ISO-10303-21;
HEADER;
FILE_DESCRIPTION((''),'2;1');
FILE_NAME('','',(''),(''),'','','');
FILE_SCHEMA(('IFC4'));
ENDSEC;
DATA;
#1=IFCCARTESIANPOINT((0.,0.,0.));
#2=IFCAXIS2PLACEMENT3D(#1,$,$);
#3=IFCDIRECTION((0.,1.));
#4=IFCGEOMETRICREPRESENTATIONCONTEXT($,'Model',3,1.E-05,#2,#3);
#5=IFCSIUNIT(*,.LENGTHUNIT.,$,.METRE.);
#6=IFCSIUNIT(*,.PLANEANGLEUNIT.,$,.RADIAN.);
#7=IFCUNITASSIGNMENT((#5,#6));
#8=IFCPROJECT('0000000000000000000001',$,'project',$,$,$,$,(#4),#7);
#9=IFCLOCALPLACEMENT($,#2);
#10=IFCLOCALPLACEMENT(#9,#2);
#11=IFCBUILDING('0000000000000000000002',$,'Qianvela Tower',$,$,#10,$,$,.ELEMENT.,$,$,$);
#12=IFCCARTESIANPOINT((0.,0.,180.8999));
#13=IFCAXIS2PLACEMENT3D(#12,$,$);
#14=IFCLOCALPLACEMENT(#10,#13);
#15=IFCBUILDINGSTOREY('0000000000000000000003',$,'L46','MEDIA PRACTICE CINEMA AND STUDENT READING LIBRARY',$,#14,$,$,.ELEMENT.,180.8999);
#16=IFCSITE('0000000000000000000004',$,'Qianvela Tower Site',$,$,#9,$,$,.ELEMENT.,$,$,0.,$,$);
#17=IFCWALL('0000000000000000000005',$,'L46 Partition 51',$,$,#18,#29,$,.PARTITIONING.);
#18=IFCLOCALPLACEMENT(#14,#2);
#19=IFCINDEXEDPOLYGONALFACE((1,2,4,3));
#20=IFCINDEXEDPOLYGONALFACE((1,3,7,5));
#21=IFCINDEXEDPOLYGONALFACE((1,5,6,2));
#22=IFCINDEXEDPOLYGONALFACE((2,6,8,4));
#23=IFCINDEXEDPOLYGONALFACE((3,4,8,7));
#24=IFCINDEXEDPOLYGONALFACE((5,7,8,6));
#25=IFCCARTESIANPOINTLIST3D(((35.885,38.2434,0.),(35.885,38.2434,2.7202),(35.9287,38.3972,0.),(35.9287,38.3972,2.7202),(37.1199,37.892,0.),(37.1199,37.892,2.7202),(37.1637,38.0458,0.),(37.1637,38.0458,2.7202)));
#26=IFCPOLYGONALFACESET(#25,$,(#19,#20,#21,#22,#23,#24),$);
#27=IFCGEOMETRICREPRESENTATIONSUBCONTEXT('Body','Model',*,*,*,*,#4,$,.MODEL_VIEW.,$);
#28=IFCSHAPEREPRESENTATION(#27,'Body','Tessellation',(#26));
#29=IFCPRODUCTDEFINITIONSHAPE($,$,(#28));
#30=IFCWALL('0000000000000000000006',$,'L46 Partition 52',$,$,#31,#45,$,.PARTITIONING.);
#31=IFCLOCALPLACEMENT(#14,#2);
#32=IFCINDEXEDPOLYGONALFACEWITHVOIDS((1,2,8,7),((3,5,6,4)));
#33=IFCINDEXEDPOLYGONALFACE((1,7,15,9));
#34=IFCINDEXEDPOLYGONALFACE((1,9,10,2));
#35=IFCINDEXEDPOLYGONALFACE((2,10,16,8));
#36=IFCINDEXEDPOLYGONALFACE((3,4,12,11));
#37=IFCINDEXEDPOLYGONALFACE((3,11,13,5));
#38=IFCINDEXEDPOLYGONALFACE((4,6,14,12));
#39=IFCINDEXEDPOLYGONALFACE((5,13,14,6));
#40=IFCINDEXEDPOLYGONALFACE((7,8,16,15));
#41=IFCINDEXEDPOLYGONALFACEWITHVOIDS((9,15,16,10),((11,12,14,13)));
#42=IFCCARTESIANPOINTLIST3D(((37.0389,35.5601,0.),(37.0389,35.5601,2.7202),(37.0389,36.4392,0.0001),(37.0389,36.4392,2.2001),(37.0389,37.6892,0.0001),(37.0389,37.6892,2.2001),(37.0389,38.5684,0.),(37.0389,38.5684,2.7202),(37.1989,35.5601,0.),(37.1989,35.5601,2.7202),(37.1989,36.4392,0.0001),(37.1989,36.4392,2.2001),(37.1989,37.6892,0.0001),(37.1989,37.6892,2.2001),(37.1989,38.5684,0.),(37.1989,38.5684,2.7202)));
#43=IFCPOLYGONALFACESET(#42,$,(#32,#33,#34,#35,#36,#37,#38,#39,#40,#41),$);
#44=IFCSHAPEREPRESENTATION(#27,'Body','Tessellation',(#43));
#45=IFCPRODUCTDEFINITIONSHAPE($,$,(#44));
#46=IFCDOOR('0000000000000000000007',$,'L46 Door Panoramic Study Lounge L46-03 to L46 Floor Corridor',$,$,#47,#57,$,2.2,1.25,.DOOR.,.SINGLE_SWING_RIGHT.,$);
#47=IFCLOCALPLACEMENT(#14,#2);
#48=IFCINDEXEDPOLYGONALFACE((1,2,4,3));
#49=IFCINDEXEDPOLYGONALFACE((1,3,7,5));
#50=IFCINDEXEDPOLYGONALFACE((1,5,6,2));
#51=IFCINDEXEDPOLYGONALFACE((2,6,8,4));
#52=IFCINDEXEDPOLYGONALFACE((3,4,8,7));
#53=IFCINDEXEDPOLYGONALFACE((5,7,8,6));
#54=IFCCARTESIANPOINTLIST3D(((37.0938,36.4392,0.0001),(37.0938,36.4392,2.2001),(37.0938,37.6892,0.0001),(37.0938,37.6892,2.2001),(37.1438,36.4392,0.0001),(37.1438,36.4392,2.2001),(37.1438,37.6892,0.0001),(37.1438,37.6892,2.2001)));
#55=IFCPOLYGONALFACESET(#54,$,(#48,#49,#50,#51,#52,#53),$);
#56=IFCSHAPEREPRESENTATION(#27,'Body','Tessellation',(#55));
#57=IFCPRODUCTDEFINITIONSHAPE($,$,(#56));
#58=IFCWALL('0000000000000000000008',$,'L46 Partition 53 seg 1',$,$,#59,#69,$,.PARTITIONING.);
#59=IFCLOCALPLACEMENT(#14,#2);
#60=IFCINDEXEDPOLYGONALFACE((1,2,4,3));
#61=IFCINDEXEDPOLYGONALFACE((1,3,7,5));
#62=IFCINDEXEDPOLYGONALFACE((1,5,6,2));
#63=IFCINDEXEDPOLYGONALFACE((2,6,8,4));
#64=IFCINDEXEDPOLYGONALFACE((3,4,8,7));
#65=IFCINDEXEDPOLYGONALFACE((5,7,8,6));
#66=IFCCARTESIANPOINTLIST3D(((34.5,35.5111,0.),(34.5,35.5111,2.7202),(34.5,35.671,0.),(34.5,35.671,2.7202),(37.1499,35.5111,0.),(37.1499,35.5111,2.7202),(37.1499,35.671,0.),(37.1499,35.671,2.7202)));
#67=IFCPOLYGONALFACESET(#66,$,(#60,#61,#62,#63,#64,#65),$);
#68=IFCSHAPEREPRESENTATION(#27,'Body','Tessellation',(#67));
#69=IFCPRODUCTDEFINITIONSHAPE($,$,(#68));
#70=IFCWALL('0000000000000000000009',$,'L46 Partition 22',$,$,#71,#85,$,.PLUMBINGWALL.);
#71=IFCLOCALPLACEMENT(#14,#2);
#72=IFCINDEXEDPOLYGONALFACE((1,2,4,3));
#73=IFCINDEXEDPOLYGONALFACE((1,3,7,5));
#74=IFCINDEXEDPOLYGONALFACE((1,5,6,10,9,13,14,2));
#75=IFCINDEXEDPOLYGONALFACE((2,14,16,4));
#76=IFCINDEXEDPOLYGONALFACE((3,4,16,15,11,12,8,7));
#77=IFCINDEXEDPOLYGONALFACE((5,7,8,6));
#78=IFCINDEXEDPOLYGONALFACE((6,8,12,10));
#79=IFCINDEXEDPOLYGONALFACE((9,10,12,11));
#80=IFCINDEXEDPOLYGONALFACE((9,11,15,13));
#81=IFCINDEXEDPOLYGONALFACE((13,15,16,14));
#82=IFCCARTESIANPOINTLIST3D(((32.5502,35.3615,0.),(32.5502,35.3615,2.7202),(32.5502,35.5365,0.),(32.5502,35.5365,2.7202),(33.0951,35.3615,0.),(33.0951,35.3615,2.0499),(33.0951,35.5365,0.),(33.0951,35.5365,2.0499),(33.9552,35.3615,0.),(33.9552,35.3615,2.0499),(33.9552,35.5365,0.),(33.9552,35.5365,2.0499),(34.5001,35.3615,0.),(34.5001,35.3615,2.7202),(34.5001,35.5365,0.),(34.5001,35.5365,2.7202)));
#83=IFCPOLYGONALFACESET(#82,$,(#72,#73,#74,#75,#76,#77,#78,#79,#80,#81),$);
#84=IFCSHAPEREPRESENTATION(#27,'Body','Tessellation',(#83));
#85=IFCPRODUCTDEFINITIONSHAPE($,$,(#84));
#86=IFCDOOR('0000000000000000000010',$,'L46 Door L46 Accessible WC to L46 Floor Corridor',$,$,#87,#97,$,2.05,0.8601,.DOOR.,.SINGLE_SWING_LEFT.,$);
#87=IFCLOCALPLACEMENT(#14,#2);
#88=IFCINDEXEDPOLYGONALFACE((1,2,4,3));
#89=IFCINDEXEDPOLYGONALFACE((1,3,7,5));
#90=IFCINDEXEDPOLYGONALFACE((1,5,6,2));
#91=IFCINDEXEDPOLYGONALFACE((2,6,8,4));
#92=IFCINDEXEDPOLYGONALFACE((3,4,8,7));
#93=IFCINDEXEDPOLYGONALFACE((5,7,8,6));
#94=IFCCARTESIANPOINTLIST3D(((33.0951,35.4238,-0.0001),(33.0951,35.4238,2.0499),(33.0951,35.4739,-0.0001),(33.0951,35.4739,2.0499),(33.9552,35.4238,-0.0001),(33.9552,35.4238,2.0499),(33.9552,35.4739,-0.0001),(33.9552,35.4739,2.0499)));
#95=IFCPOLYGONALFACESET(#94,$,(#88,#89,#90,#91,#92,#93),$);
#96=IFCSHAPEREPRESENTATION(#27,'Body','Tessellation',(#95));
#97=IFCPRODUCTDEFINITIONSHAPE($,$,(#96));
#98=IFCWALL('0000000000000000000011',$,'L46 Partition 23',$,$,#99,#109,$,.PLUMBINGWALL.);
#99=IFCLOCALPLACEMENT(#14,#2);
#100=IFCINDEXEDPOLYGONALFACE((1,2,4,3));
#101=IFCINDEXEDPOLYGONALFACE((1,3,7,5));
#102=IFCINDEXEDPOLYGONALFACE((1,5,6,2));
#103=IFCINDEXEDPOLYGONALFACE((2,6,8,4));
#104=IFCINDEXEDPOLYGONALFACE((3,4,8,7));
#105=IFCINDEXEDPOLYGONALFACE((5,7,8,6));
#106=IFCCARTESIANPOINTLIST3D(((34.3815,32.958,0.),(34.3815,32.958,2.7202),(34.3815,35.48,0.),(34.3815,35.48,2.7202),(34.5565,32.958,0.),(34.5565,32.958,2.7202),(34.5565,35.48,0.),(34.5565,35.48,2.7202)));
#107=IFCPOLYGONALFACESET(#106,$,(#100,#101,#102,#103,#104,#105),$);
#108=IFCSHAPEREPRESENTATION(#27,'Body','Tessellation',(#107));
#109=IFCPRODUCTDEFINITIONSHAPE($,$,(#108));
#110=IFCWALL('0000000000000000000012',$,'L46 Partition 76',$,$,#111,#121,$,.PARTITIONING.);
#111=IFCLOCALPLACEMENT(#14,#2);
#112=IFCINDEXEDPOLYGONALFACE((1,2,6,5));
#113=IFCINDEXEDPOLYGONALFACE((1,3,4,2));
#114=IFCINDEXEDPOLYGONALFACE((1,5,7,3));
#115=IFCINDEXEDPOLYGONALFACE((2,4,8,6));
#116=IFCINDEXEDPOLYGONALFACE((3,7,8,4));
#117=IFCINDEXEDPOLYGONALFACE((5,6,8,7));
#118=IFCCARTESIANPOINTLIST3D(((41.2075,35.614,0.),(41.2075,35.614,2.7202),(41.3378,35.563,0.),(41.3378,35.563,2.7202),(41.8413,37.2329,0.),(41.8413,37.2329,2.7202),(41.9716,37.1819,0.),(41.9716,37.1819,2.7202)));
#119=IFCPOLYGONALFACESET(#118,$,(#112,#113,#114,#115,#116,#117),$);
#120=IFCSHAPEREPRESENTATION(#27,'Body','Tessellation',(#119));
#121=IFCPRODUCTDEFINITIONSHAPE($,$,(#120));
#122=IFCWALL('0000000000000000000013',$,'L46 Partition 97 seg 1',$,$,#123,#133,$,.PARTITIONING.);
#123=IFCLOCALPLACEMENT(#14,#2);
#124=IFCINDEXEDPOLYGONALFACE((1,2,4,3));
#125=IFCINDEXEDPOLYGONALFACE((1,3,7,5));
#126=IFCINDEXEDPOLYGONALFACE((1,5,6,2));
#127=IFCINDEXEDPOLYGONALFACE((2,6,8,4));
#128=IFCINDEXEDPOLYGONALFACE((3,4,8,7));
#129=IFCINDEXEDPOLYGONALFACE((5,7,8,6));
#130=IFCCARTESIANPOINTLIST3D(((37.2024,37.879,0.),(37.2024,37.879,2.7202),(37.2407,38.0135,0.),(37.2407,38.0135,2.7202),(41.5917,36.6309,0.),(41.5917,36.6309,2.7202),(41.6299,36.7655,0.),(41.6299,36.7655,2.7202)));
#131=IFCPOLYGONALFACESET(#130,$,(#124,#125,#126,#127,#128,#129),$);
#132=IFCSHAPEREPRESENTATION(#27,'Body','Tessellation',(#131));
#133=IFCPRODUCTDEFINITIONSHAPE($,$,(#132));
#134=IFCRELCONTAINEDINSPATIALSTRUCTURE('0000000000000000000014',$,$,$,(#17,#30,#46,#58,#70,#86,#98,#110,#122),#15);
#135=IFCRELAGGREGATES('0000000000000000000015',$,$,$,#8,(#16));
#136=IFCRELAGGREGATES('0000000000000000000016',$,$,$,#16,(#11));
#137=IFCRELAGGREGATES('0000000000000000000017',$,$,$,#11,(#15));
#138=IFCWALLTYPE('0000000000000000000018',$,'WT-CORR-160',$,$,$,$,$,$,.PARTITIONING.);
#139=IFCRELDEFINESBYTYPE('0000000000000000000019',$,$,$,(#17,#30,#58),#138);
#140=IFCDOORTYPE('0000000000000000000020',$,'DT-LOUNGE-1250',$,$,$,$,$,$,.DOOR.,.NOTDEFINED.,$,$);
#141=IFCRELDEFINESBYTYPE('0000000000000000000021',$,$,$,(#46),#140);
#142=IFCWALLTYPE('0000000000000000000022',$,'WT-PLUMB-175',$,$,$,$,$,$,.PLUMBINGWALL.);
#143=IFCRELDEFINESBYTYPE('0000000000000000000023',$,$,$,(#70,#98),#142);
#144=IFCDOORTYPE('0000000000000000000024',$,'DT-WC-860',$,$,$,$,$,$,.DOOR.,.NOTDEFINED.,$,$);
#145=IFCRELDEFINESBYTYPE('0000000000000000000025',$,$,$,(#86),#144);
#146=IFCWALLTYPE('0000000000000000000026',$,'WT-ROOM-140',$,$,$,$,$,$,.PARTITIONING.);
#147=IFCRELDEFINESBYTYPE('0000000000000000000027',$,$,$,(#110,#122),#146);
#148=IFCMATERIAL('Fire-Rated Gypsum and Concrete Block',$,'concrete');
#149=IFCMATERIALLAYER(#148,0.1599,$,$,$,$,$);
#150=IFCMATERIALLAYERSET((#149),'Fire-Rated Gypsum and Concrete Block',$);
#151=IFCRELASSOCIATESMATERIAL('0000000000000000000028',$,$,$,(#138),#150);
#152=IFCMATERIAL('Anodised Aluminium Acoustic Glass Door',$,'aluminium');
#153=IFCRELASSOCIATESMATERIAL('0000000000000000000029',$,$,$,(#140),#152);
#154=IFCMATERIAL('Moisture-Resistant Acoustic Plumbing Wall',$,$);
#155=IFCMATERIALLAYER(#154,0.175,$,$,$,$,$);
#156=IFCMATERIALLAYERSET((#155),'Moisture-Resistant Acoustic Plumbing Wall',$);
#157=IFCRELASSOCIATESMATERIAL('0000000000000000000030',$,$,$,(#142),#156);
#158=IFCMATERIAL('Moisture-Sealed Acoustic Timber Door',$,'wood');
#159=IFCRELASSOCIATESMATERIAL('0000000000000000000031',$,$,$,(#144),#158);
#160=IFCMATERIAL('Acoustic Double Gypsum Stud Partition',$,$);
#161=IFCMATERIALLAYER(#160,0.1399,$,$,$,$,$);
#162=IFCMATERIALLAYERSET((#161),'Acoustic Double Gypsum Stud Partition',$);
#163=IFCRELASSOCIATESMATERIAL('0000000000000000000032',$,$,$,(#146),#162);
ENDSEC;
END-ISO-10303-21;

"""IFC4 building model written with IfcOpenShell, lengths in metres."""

from ifc_helpers import new_model, si_unit, direction, frame, frame_2d, origin, place, context, subcontext, project, spatial, rectangle, extrude, material, layer, layer_set, type_object, element, fill, save


model = new_model("IFC4")

# Units and contexts
model_context = context("Model", 3, precision=1e-05, world=origin(), true_north=direction((0.0, 1.0)))
body_context = subcontext(model_context, "Body", "Model", "MODEL_VIEW")
ifc_project = project(units=[si_unit("LENGTHUNIT", "METRE"), si_unit("PLANEANGLEUNIT", "RADIAN")], contexts=[model_context])

# Site, building, storey
site_placement = place(None, origin())
site = spatial("IfcSite", under=ifc_project, at=site_placement, Name="Qianvela Tower Site", CompositionType="ELEMENT", RefElevation=0.0)
building_placement = place(site_placement, origin())
building = spatial("IfcBuilding", under=site, at=building_placement, Name="Qianvela Tower", CompositionType="ELEMENT")
storey_placement = place(building_placement, frame((0.0, 0.0, 180.8999)))
storey = spatial("IfcBuildingStorey", under=building, at=storey_placement, Name="L46", Description="MEDIA PRACTICE CINEMA AND STUDENT READING LIBRARY", CompositionType="ELEMENT", Elevation=180.8999)

# Wall
ifc_material_1 = material(Name="Fire-Rated Gypsum and Concrete Block", Category="concrete")
ifc_layer_1 = layer(ifc_material_1, 0.1599)
ifc_layer_set_1 = layer_set([ifc_layer_1], Name="Fire-Rated Gypsum and Concrete Block")
wall_type_1 = type_object("IfcWallType", Name="WT-CORR-160", PredefinedType="PARTITIONING", material=ifc_layer_set_1)
wall_1_placement = place(storey_placement, frame((35.9067, 38.3203, 0.0), z_axis=(0.0, 0.0, 1.0), x_axis=(0.961832, -0.273641, 0.0)))
element("IfcWall", 1, at=wall_1_placement, inside=storey, type_object=wall_type_1, Name="L46 Partition 51", PredefinedType="PARTITIONING", context=body_context, shape_type="SweptSolid", body=[
    extrude(rectangle(XDim=1.2839, YDim=0.1599, at=frame_2d((0.6421, 0.0))), origin(), (0.0, 0.0, 1.0), 2.7202),
])

# Wall, opening, door
wall_2_placement = place(storey_placement, frame((37.1189, 38.5684, 0.0), z_axis=(0.0, 0.0, 1.0), x_axis=(0.0, -1.0, 0.0)))
wall_2 = element("IfcWall", 2, at=wall_2_placement, inside=storey, type_object=wall_type_1, Name="L46 Partition 52", PredefinedType="PARTITIONING", context=body_context, shape_type="SweptSolid", body=[
    extrude(rectangle(XDim=3.0083, YDim=0.1599, at=frame_2d((1.5042, 0.0))), origin(), (0.0, 0.0, 1.0), 2.7202),
])
opening_1_placement = place(wall_2_placement, frame((0.8792, 0.0, 0.0)))
opening_1 = element("IfcOpeningElement", 3, at=opening_1_placement, cuts=wall_2, PredefinedType="OPENING", context=body_context, shape_type="SweptSolid", body=[
    extrude(rectangle(XDim=1.25, YDim=2.2, at=frame_2d((0.625, 1.1001))), frame((0.0, 0.0898, 0.0), z_axis=(0.0, -1.0, 0.0), x_axis=(1.0, 0.0, 0.0)), (0.0, 0.0, 1.0), 0.1799),
])
ifc_material_2 = material(Name="Anodised Aluminium Acoustic Glass Door", Category="aluminium")
door_type_1 = type_object("IfcDoorType", Name="DT-LOUNGE-1250", OperationType="NOTDEFINED", PredefinedType="DOOR", material=ifc_material_2)
door_1_placement = place(opening_1_placement, origin())
door_1 = element("IfcDoor", 4, at=door_1_placement, inside=storey, type_object=door_type_1, Name="L46 Door Panoramic Study Lounge L46-03 to L46 Floor Corridor", OperationType="SINGLE_SWING_RIGHT", OverallHeight=2.2, OverallWidth=1.25, PredefinedType="DOOR", context=body_context, shape_type="SweptSolid", body=[
    extrude(rectangle(XDim=1.25, YDim=2.2, at=frame_2d((0.625, 1.1001))), frame((0.0, 0.0249, 0.0), z_axis=(0.0, -1.0, 0.0), x_axis=(1.0, 0.0, 0.0)), (0.0, 0.0, 1.0), 0.05),
])
fill(opening_1, door_1)

# Wall
wall_3_placement = place(storey_placement, frame((37.1499, 35.5911, 0.0), z_axis=(0.0, 0.0, 1.0), x_axis=(-1.0, 0.0, 0.0)))
element("IfcWall", 5, at=wall_3_placement, inside=storey, type_object=wall_type_1, Name="L46 Partition 53 seg 1", PredefinedType="PARTITIONING", context=body_context, shape_type="SweptSolid", body=[
    extrude(rectangle(XDim=2.6499, YDim=0.1599, at=frame_2d((1.325, 0.0))), origin(), (0.0, 0.0, 1.0), 2.7202),
])

# Wall, opening, door
ifc_material_3 = material(Name="Moisture-Resistant Acoustic Plumbing Wall")
ifc_layer_2 = layer(ifc_material_3, 0.175)
ifc_layer_set_2 = layer_set([ifc_layer_2], Name="Moisture-Resistant Acoustic Plumbing Wall")
wall_type_2 = type_object("IfcWallType", Name="WT-PLUMB-175", PredefinedType="PLUMBINGWALL", material=ifc_layer_set_2)
wall_4_placement = place(storey_placement, frame((32.55, 35.449, 0.0), z_axis=(0.0, 0.0, 1.0), x_axis=(1.0, 0.0, 0.0)))
wall_4 = element("IfcWall", 6, at=wall_4_placement, inside=storey, type_object=wall_type_2, Name="L46 Partition 22", PredefinedType="PLUMBINGWALL", context=body_context, shape_type="SweptSolid", body=[
    extrude(rectangle(XDim=1.95, YDim=0.175, at=frame_2d((0.9751, 0.0))), origin(), (0.0, 0.0, 1.0), 2.7202),
])
opening_2_placement = place(wall_4_placement, frame((0.5449, 0.0, 0.0)))
opening_2 = element("IfcOpeningElement", 7, at=opening_2_placement, cuts=wall_4, PredefinedType="OPENING", context=body_context, shape_type="SweptSolid", body=[
    extrude(rectangle(XDim=0.8601, YDim=2.05, at=frame_2d((0.4302, 1.0249))), frame((0.0, 0.0974, 0.0), z_axis=(0.0, -1.0, 0.0), x_axis=(1.0, 0.0, 0.0)), (0.0, 0.0, 1.0), 0.1951),
])
ifc_material_4 = material(Name="Moisture-Sealed Acoustic Timber Door", Category="wood")
door_type_2 = type_object("IfcDoorType", Name="DT-WC-860", OperationType="NOTDEFINED", PredefinedType="DOOR", material=ifc_material_4)
door_2_placement = place(opening_2_placement, origin())
door_2 = element("IfcDoor", 8, at=door_2_placement, inside=storey, type_object=door_type_2, Name="L46 Door L46 Accessible WC to L46 Floor Corridor", OperationType="SINGLE_SWING_LEFT", OverallHeight=2.05, OverallWidth=0.8601, PredefinedType="DOOR", context=body_context, shape_type="SweptSolid", body=[
    extrude(rectangle(XDim=0.8601, YDim=2.05, at=frame_2d((0.4302, 1.0249))), frame((0.0, 0.0249, 0.0), z_axis=(0.0, -1.0, 0.0), x_axis=(1.0, 0.0, 0.0)), (0.0, 0.0, 1.0), 0.05),
])
fill(opening_2, door_2)

# Walls
wall_5_placement = place(storey_placement, frame((34.469, 35.48, 0.0), z_axis=(0.0, 0.0, 1.0), x_axis=(0.0, -1.0, 0.0)))
element("IfcWall", 9, at=wall_5_placement, inside=storey, type_object=wall_type_2, Name="L46 Partition 23", PredefinedType="PLUMBINGWALL", context=body_context, shape_type="SweptSolid", body=[
    extrude(rectangle(XDim=2.522, YDim=0.175, at=frame_2d((1.261, 0.0))), origin(), (0.0, 0.0, 1.0), 2.7202),
])
ifc_material_5 = material(Name="Acoustic Double Gypsum Stud Partition")
ifc_layer_3 = layer(ifc_material_5, 0.1399)
ifc_layer_set_3 = layer_set([ifc_layer_3], Name="Acoustic Double Gypsum Stud Partition")
wall_type_3 = type_object("IfcWallType", Name="WT-ROOM-140", PredefinedType="PARTITIONING", material=ifc_layer_set_3)
wall_6_placement = place(storey_placement, frame((41.2727, 35.5886, 0.0), z_axis=(0.0, 0.0, 1.0), x_axis=(0.364553, 0.931183, 0.0)))
element("IfcWall", 10, at=wall_6_placement, inside=storey, type_object=wall_type_3, Name="L46 Partition 76", PredefinedType="PARTITIONING", context=body_context, shape_type="SweptSolid", body=[
    extrude(rectangle(XDim=1.7385, YDim=0.1399, at=frame_2d((0.8691, 0.0))), origin(), (0.0, 0.0, 1.0), 2.7202),
])
wall_7_placement = place(storey_placement, frame((37.2214, 37.9463, 0.0), z_axis=(0.0, 0.0, 1.0), x_axis=(0.96187, -0.273505, 0.0)))
element("IfcWall", 11, at=wall_7_placement, inside=storey, type_object=wall_type_3, Name="L46 Partition 97 seg 1", PredefinedType="PARTITIONING", context=body_context, shape_type="SweptSolid", body=[
    extrude(rectangle(XDim=4.5632, YDim=0.1399, at=frame_2d((2.2817, 0.0))), origin(), (0.0, 0.0, 1.0), 2.7202),
])

save(model, "model.ifc")
